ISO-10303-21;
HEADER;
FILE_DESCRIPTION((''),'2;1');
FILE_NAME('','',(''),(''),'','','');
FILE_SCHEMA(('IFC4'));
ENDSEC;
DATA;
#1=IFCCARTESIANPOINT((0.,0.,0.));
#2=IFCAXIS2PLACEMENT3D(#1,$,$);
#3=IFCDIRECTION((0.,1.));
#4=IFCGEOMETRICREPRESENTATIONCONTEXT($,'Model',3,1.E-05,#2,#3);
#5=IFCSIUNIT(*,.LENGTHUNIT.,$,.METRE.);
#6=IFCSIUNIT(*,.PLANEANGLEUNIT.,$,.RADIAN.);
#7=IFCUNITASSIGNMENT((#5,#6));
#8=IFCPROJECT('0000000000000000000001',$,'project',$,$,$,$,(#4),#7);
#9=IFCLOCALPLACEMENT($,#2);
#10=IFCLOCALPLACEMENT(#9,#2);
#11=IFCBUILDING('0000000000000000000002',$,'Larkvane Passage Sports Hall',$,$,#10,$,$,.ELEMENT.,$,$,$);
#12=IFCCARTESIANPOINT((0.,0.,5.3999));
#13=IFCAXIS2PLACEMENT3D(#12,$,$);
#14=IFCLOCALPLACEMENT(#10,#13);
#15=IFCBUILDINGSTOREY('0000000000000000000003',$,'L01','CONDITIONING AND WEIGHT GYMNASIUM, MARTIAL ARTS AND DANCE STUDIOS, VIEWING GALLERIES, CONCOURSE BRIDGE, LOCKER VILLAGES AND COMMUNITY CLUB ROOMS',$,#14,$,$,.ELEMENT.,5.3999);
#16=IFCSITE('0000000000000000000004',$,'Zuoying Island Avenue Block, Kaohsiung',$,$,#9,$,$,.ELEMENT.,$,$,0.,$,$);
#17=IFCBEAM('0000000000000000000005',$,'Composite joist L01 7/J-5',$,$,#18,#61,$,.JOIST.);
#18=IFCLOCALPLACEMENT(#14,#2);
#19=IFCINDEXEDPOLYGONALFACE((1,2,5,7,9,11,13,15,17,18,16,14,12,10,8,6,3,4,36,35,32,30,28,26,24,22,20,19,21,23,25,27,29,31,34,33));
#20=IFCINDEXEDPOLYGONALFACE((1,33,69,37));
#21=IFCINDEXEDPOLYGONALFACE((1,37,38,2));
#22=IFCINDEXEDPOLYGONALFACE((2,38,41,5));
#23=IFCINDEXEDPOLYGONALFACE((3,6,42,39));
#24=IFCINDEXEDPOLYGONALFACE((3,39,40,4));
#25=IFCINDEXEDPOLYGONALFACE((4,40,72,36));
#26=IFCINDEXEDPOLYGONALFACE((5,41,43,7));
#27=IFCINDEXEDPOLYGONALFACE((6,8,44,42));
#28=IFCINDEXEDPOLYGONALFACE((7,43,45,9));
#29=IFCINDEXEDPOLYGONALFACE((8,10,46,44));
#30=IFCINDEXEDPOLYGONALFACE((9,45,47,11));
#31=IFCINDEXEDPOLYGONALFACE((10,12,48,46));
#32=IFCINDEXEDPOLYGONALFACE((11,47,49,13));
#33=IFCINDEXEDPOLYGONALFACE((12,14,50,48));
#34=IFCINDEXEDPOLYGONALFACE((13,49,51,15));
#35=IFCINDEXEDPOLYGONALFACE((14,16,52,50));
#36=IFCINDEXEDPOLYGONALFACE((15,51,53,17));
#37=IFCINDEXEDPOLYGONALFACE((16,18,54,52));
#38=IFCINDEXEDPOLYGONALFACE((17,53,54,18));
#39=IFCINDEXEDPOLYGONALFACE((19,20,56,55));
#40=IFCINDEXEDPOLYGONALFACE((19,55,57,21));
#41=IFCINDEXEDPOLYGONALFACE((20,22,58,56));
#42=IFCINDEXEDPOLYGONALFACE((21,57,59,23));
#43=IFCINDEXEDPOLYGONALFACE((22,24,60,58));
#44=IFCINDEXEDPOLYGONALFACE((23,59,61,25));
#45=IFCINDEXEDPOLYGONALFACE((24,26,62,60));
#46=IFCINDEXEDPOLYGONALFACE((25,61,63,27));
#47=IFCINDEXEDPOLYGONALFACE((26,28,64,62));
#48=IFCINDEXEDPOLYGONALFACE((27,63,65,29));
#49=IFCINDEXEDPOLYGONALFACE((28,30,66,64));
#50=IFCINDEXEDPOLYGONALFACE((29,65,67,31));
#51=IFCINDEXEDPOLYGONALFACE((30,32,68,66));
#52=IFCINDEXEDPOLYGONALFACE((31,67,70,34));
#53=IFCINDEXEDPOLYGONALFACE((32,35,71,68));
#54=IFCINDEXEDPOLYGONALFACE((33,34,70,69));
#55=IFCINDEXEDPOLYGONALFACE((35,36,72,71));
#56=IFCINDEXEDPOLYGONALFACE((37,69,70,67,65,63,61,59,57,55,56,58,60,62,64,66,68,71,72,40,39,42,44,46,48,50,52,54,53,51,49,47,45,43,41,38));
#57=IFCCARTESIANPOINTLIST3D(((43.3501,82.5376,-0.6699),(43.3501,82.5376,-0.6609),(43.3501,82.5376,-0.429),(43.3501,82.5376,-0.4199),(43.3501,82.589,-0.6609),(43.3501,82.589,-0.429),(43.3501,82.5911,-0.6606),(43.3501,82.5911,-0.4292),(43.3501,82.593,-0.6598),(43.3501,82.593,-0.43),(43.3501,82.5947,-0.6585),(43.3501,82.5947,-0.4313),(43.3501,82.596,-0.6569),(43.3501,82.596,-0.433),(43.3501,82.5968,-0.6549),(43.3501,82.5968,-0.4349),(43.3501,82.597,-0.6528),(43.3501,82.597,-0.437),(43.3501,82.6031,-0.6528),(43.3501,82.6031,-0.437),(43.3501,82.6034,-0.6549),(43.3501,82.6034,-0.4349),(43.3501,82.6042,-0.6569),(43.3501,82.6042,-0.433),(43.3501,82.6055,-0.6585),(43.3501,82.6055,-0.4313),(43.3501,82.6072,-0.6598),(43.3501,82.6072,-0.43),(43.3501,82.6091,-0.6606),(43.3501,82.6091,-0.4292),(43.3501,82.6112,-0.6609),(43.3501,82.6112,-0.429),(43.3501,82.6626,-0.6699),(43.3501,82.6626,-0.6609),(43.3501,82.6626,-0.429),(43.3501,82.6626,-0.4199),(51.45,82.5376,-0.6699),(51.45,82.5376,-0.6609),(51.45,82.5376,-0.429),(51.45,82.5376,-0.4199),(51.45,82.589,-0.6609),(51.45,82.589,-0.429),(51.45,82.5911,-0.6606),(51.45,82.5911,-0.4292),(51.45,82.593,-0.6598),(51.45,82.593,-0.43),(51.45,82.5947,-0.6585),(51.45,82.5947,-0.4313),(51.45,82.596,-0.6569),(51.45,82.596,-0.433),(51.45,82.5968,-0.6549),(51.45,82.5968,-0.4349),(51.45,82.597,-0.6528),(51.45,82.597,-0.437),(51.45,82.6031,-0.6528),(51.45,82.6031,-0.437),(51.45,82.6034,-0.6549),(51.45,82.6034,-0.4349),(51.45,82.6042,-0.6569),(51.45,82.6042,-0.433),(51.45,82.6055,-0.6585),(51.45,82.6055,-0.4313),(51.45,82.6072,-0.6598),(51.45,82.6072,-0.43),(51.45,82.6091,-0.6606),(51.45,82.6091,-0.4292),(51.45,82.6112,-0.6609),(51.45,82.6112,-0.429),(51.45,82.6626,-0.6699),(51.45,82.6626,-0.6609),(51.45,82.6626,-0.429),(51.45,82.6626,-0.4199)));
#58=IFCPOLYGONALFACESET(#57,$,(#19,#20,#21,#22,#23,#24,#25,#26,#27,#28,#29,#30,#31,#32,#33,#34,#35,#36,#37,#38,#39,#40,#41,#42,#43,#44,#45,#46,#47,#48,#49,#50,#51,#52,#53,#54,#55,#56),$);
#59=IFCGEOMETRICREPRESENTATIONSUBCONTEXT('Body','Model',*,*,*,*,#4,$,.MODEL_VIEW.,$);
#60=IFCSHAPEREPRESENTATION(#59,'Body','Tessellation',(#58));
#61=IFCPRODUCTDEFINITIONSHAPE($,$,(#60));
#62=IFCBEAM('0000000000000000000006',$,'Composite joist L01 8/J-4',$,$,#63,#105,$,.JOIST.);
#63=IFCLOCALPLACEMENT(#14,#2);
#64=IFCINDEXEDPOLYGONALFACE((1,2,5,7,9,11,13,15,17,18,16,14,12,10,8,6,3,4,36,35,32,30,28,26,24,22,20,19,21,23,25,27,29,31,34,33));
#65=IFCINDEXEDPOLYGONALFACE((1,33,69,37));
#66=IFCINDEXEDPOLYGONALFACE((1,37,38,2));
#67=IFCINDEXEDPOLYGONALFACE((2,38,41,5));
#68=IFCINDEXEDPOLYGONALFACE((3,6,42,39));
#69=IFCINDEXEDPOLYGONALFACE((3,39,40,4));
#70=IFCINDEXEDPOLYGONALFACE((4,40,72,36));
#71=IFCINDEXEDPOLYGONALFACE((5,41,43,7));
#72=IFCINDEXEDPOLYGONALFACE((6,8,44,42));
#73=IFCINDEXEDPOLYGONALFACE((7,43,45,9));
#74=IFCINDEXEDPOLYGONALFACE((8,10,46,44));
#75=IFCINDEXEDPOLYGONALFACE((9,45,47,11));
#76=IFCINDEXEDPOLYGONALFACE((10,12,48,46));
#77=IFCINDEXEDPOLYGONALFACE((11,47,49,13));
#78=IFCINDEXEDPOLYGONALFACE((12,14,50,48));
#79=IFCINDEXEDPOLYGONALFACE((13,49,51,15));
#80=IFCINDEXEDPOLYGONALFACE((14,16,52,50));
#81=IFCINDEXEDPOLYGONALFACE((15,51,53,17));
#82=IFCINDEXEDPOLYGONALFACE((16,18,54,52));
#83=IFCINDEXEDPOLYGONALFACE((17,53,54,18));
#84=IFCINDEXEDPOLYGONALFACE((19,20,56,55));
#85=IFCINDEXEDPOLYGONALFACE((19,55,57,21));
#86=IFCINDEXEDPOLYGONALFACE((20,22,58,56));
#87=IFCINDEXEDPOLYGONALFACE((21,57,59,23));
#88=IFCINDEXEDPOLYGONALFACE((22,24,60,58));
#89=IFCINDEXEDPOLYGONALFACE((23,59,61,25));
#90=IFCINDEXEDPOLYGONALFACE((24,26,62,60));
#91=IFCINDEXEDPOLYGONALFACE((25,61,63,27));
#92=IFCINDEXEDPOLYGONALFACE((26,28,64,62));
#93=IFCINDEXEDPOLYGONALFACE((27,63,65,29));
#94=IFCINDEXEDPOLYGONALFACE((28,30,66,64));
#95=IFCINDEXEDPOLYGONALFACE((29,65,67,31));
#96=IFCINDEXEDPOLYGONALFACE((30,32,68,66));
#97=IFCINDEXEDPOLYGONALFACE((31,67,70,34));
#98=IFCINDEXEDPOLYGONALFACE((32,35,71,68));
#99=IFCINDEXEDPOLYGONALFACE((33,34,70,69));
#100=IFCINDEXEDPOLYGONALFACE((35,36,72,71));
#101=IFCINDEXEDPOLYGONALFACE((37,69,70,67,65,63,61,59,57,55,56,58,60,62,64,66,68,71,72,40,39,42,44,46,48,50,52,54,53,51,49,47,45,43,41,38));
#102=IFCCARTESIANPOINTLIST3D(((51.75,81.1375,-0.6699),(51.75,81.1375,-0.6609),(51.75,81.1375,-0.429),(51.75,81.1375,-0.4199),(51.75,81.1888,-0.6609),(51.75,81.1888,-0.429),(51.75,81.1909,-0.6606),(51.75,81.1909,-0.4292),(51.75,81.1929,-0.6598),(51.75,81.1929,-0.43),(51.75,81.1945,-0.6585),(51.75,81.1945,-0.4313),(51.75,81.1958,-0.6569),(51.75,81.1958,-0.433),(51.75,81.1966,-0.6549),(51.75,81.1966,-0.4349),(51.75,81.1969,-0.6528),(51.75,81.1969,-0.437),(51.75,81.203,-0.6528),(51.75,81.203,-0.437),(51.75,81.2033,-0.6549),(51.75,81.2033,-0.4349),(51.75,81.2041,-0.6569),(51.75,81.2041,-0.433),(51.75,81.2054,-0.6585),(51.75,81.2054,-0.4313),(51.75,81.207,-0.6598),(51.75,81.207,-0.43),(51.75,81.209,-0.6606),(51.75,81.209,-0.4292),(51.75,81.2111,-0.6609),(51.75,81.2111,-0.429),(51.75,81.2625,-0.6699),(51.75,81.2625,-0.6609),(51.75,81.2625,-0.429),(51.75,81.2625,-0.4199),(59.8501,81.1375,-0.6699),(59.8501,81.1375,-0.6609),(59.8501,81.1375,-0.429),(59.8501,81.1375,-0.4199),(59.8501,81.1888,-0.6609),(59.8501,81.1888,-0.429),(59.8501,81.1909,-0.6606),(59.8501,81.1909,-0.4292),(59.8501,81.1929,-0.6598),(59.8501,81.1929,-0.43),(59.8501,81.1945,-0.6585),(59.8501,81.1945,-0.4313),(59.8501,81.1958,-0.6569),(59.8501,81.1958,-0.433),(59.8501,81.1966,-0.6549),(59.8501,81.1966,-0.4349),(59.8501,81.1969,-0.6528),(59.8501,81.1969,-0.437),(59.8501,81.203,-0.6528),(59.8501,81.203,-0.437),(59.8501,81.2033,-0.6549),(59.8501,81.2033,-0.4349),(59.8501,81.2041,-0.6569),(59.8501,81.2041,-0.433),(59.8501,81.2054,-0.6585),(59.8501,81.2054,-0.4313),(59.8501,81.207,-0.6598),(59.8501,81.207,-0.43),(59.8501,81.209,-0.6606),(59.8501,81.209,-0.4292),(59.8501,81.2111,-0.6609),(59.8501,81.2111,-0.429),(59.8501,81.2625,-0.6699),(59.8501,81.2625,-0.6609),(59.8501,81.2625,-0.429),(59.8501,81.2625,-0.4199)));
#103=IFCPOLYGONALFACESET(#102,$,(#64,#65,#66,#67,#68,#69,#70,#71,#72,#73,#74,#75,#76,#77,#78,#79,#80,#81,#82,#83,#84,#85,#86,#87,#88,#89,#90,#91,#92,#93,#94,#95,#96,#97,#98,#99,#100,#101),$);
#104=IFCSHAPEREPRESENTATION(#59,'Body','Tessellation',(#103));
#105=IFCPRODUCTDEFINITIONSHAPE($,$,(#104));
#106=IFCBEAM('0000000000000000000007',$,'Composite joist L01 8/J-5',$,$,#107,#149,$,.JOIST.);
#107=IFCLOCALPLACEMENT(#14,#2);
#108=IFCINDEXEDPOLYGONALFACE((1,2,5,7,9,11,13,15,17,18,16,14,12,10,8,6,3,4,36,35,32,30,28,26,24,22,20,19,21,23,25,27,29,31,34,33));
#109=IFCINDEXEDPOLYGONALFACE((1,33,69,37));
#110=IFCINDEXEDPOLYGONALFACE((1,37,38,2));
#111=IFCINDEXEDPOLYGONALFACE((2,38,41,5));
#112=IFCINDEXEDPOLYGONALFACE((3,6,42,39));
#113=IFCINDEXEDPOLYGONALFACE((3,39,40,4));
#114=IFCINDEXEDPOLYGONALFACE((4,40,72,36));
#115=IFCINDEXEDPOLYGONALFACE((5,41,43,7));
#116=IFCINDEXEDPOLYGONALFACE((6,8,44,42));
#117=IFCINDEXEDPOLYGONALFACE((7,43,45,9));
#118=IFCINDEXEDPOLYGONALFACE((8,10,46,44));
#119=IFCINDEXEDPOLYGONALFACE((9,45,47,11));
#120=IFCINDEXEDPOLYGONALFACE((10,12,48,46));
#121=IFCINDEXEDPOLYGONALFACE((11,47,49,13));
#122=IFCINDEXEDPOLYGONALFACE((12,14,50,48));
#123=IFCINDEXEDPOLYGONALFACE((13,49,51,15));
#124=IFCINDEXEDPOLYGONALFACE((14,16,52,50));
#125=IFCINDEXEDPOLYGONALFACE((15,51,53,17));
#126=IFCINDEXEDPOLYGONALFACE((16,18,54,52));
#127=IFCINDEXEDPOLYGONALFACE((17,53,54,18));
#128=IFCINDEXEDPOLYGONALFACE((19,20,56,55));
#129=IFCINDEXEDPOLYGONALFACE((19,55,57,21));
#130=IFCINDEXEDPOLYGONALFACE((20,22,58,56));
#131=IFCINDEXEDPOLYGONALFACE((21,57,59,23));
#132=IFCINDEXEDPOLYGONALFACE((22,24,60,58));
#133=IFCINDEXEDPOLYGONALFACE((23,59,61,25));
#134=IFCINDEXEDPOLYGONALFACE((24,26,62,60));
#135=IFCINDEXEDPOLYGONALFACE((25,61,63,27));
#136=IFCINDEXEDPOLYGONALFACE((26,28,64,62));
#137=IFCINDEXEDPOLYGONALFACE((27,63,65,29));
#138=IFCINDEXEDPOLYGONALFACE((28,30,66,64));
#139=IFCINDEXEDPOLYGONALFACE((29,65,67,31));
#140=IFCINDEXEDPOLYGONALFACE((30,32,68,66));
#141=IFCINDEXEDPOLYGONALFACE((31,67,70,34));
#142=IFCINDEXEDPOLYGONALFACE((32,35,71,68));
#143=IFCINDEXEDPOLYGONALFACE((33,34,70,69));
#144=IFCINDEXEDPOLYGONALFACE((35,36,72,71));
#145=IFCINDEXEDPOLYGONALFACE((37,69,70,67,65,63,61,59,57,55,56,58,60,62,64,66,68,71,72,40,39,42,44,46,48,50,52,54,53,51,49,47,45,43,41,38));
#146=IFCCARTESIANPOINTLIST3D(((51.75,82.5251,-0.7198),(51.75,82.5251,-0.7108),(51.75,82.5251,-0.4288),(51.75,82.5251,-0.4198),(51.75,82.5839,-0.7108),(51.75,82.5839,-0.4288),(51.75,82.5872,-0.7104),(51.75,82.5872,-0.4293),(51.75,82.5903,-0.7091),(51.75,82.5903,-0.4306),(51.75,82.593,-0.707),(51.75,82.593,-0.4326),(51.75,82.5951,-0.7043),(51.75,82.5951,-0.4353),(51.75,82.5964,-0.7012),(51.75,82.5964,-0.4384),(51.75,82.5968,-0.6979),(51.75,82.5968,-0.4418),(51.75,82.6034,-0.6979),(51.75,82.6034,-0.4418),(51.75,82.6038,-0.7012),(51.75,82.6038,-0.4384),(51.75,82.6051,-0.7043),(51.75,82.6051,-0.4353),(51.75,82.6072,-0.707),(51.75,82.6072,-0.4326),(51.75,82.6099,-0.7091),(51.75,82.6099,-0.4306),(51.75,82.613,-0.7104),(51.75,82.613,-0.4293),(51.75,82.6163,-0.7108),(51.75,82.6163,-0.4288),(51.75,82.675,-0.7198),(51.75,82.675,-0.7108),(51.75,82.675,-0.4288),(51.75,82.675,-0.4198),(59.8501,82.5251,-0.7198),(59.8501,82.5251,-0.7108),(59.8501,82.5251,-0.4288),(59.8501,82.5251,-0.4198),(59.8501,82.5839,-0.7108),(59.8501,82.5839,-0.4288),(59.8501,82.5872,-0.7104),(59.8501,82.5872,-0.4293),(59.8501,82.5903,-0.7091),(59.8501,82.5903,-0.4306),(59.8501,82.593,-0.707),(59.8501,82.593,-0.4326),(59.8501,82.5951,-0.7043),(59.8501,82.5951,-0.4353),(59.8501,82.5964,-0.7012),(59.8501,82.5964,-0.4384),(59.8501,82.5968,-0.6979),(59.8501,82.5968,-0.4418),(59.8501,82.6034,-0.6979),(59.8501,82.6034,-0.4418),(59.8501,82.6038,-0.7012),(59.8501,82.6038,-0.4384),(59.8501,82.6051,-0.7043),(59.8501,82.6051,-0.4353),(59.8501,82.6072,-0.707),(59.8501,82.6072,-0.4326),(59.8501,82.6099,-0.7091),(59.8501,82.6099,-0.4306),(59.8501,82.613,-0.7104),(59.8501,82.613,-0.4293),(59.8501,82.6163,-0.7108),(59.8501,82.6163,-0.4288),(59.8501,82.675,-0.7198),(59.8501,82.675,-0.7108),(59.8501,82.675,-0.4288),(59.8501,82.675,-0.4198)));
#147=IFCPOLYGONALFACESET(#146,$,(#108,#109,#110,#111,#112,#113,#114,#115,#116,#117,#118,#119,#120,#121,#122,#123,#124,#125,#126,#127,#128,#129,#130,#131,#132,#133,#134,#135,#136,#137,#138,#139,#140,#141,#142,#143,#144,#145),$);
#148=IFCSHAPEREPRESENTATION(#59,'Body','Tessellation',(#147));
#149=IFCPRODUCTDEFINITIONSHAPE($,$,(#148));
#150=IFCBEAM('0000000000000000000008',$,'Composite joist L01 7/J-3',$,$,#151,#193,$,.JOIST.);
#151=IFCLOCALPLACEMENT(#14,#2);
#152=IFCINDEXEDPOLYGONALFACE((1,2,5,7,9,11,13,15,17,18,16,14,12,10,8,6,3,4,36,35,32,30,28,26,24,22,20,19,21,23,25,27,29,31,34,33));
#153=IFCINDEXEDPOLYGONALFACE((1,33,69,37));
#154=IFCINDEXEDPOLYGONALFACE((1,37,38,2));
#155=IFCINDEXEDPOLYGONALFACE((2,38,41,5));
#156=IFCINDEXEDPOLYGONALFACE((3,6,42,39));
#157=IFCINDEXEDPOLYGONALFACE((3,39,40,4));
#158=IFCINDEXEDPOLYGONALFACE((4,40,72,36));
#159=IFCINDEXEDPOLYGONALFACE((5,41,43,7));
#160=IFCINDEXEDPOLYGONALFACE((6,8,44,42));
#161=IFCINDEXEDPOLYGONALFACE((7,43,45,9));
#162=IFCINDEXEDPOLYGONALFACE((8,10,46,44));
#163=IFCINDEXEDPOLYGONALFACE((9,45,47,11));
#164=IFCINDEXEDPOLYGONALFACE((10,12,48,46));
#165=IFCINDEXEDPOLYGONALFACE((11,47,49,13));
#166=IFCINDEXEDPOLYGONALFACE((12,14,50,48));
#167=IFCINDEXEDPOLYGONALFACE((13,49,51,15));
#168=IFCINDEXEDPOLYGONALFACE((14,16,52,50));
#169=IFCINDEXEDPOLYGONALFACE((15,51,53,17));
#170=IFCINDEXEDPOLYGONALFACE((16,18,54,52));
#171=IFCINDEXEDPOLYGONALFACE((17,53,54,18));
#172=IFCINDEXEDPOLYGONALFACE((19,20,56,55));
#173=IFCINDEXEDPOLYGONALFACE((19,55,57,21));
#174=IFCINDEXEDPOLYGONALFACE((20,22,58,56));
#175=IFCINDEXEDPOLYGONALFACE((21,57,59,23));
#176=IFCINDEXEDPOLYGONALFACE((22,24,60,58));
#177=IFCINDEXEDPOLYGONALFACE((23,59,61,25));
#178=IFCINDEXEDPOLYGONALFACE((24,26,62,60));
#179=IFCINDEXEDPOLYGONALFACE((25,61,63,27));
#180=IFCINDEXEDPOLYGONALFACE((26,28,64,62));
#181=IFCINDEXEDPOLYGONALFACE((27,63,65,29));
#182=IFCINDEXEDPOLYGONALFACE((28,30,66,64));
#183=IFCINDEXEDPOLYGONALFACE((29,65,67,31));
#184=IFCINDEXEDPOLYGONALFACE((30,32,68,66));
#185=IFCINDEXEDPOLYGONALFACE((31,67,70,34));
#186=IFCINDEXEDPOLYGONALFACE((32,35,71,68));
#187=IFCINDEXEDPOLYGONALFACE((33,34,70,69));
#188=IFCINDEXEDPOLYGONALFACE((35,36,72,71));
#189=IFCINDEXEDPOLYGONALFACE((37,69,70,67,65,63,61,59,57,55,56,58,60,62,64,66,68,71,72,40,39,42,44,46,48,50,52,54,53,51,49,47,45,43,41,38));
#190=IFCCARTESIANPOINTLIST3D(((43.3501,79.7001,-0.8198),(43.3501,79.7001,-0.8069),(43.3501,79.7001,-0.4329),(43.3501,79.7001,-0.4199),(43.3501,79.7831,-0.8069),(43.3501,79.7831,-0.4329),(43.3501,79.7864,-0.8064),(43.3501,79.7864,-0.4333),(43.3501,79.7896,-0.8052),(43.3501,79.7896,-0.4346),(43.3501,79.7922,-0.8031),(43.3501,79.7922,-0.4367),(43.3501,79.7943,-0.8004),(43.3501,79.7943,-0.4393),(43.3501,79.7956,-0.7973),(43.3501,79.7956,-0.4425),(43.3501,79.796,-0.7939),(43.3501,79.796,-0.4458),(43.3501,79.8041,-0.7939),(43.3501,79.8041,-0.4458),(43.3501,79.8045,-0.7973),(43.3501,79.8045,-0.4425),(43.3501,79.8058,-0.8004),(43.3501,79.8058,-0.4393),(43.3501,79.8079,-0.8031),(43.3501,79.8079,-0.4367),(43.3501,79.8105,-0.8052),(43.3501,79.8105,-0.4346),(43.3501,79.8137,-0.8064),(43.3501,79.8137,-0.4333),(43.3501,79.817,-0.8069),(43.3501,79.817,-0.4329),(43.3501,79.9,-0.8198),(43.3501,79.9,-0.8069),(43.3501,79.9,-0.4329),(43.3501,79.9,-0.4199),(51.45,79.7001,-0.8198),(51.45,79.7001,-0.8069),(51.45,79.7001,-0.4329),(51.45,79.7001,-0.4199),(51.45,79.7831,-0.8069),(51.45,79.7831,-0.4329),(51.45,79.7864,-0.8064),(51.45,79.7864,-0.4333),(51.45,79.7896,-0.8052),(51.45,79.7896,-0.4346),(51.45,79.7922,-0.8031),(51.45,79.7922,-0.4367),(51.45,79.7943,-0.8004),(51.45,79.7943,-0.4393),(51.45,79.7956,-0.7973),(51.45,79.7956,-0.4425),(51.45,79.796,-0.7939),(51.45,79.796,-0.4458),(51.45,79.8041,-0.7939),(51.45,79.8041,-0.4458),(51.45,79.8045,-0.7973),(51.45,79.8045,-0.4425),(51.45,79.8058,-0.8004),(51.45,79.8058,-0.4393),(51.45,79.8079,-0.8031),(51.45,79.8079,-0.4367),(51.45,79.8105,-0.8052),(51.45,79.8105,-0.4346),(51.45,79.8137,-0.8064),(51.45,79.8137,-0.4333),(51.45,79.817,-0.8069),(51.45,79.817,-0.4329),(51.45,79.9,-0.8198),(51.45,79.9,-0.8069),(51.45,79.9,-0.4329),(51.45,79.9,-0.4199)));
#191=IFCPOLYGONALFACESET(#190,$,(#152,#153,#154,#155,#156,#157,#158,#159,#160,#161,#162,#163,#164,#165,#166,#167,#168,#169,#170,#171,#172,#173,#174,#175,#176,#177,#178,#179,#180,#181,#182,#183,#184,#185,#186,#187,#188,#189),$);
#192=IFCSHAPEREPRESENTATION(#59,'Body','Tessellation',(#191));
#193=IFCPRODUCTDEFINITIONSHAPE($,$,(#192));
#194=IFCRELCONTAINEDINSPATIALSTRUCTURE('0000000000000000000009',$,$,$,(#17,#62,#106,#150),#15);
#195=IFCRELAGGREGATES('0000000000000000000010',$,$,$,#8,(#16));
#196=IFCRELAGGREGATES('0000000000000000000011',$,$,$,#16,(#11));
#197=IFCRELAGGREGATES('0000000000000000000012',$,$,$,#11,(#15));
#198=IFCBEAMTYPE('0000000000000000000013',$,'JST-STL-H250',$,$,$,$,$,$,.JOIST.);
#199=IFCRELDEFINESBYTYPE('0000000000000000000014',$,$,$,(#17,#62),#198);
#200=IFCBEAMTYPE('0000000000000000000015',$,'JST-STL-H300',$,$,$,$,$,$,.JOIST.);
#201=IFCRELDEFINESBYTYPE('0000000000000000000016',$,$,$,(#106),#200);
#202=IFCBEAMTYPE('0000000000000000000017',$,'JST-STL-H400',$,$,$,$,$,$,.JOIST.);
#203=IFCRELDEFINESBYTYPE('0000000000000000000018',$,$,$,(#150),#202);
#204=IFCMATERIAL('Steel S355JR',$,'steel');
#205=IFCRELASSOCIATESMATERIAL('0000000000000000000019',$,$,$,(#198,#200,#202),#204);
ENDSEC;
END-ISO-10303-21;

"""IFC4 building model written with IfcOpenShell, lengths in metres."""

from ifc_helpers import new_model, si_unit, direction, frame, origin, origin_2d, place, context, subcontext, project, spatial, i_section, extrude, material, material_profile, profile_set, type_object, element, save


model = new_model("IFC4")

# Units and contexts
model_context = context("Model", 3, precision=1e-05, world=origin(), true_north=direction((0.0, 1.0)))
body_context = subcontext(model_context, "Body", "Model", "MODEL_VIEW")
ifc_project = project(units=[si_unit("LENGTHUNIT", "METRE"), si_unit("PLANEANGLEUNIT", "RADIAN")], contexts=[model_context])

# Site, building, storey
site_placement = place(None, origin())
site = spatial("IfcSite", under=ifc_project, at=site_placement, Name="Zuoying Island Avenue Block, Kaohsiung", CompositionType="ELEMENT", RefElevation=0.0)
building_placement = place(site_placement, origin())
building = spatial("IfcBuilding", under=site, at=building_placement, Name="Larkvane Passage Sports Hall", CompositionType="ELEMENT")
storey_placement = place(building_placement, frame((0.0, 0.0, 5.3999)))
storey = spatial("IfcBuildingStorey", under=building, at=storey_placement, Name="L01", Description="CONDITIONING AND WEIGHT GYMNASIUM, MARTIAL ARTS AND DANCE STUDIOS, VIEWING GALLERIES, CONCOURSE BRIDGE, LOCKER VILLAGES AND COMMUNITY CLUB ROOMS", CompositionType="ELEMENT", Elevation=5.3999)

# Shared definitions
ifc_material_1 = material(Name="Steel S355JR", Category="steel")

# Beams
ifc_material_profile_1 = material_profile(ifc_material_1, i_section(OverallWidth=0.125, OverallDepth=0.25, WebThickness=0.0061, FlangeThickness=0.009, FilletRadius=0.0081, at=origin_2d()), Name="H-250x125x6x9")
ifc_profile_set_1 = profile_set([ifc_material_profile_1], Name="Steel S355JR")
beam_type_1 = type_object("IfcBeamType", Name="JST-STL-H250", PredefinedType="JOIST", material=ifc_profile_set_1)
beam_1_placement = place(storey_placement, frame((43.3501, 82.6001, -0.5449), z_axis=(1.0, 0.0, 0.0), x_axis=(0.0, 1.0, 0.0)))
element("IfcBeam", 1, at=beam_1_placement, inside=storey, type_object=beam_type_1, Name="Composite joist L01 7/J-5", PredefinedType="JOIST", context=body_context, shape_type="SweptSolid", body=[
    extrude(i_section(OverallWidth=0.125, OverallDepth=0.25, WebThickness=0.0061, FlangeThickness=0.009, FilletRadius=0.0081, at=origin_2d()), origin(), (0.0, 0.0, 1.0), 8.0999),
])
beam_2_placement = place(storey_placement, frame((51.75, 81.2, -0.5449), z_axis=(1.0, 0.0, 0.0), x_axis=(0.0, 1.0, 0.0)))
element("IfcBeam", 2, at=beam_2_placement, inside=storey, type_object=beam_type_1, Name="Composite joist L01 8/J-4", PredefinedType="JOIST", context=body_context, shape_type="SweptSolid", body=[
    extrude(i_section(OverallWidth=0.125, OverallDepth=0.25, WebThickness=0.0061, FlangeThickness=0.009, FilletRadius=0.0081, at=origin_2d()), origin(), (0.0, 0.0, 1.0), 8.1001),
])
ifc_material_profile_2 = material_profile(ifc_material_1, i_section(OverallWidth=0.1499, OverallDepth=0.3, WebThickness=0.0066, FlangeThickness=0.009, FilletRadius=0.0129, at=origin_2d()), Name="H-300x150x6.5x9")
ifc_profile_set_2 = profile_set([ifc_material_profile_2], Name="Steel S355JR")
beam_type_2 = type_object("IfcBeamType", Name="JST-STL-H300", PredefinedType="JOIST", material=ifc_profile_set_2)
beam_3_placement = place(storey_placement, frame((51.75, 82.6001, -0.5698), z_axis=(1.0, 0.0, 0.0), x_axis=(0.0, 1.0, 0.0)))
element("IfcBeam", 3, at=beam_3_placement, inside=storey, type_object=beam_type_2, Name="Composite joist L01 8/J-5", PredefinedType="JOIST", context=body_context, shape_type="SweptSolid", body=[
    extrude(i_section(OverallWidth=0.1499, OverallDepth=0.3, WebThickness=0.0066, FlangeThickness=0.009, FilletRadius=0.0129, at=origin_2d()), origin(), (0.0, 0.0, 1.0), 8.1001),
])
ifc_material_profile_3 = material_profile(ifc_material_1, i_section(OverallWidth=0.2, OverallDepth=0.3999, WebThickness=0.0081, FlangeThickness=0.0129, FilletRadius=0.0129, at=origin_2d()), Name="H-400x200x8x13")
ifc_profile_set_3 = profile_set([ifc_material_profile_3], Name="Steel S355JR")
beam_type_3 = type_object("IfcBeamType", Name="JST-STL-H400", PredefinedType="JOIST", material=ifc_profile_set_3)
beam_4_placement = place(storey_placement, frame((43.3501, 79.8, -0.6199), z_axis=(1.0, 0.0, 0.0), x_axis=(0.0, 1.0, 0.0)))
element("IfcBeam", 4, at=beam_4_placement, inside=storey, type_object=beam_type_3, Name="Composite joist L01 7/J-3", PredefinedType="JOIST", context=body_context, shape_type="SweptSolid", body=[
    extrude(i_section(OverallWidth=0.2, OverallDepth=0.3999, WebThickness=0.0081, FlangeThickness=0.0129, FilletRadius=0.0129, at=origin_2d()), origin(), (0.0, 0.0, 1.0), 8.0999),
])

save(model, "model.ifc")
